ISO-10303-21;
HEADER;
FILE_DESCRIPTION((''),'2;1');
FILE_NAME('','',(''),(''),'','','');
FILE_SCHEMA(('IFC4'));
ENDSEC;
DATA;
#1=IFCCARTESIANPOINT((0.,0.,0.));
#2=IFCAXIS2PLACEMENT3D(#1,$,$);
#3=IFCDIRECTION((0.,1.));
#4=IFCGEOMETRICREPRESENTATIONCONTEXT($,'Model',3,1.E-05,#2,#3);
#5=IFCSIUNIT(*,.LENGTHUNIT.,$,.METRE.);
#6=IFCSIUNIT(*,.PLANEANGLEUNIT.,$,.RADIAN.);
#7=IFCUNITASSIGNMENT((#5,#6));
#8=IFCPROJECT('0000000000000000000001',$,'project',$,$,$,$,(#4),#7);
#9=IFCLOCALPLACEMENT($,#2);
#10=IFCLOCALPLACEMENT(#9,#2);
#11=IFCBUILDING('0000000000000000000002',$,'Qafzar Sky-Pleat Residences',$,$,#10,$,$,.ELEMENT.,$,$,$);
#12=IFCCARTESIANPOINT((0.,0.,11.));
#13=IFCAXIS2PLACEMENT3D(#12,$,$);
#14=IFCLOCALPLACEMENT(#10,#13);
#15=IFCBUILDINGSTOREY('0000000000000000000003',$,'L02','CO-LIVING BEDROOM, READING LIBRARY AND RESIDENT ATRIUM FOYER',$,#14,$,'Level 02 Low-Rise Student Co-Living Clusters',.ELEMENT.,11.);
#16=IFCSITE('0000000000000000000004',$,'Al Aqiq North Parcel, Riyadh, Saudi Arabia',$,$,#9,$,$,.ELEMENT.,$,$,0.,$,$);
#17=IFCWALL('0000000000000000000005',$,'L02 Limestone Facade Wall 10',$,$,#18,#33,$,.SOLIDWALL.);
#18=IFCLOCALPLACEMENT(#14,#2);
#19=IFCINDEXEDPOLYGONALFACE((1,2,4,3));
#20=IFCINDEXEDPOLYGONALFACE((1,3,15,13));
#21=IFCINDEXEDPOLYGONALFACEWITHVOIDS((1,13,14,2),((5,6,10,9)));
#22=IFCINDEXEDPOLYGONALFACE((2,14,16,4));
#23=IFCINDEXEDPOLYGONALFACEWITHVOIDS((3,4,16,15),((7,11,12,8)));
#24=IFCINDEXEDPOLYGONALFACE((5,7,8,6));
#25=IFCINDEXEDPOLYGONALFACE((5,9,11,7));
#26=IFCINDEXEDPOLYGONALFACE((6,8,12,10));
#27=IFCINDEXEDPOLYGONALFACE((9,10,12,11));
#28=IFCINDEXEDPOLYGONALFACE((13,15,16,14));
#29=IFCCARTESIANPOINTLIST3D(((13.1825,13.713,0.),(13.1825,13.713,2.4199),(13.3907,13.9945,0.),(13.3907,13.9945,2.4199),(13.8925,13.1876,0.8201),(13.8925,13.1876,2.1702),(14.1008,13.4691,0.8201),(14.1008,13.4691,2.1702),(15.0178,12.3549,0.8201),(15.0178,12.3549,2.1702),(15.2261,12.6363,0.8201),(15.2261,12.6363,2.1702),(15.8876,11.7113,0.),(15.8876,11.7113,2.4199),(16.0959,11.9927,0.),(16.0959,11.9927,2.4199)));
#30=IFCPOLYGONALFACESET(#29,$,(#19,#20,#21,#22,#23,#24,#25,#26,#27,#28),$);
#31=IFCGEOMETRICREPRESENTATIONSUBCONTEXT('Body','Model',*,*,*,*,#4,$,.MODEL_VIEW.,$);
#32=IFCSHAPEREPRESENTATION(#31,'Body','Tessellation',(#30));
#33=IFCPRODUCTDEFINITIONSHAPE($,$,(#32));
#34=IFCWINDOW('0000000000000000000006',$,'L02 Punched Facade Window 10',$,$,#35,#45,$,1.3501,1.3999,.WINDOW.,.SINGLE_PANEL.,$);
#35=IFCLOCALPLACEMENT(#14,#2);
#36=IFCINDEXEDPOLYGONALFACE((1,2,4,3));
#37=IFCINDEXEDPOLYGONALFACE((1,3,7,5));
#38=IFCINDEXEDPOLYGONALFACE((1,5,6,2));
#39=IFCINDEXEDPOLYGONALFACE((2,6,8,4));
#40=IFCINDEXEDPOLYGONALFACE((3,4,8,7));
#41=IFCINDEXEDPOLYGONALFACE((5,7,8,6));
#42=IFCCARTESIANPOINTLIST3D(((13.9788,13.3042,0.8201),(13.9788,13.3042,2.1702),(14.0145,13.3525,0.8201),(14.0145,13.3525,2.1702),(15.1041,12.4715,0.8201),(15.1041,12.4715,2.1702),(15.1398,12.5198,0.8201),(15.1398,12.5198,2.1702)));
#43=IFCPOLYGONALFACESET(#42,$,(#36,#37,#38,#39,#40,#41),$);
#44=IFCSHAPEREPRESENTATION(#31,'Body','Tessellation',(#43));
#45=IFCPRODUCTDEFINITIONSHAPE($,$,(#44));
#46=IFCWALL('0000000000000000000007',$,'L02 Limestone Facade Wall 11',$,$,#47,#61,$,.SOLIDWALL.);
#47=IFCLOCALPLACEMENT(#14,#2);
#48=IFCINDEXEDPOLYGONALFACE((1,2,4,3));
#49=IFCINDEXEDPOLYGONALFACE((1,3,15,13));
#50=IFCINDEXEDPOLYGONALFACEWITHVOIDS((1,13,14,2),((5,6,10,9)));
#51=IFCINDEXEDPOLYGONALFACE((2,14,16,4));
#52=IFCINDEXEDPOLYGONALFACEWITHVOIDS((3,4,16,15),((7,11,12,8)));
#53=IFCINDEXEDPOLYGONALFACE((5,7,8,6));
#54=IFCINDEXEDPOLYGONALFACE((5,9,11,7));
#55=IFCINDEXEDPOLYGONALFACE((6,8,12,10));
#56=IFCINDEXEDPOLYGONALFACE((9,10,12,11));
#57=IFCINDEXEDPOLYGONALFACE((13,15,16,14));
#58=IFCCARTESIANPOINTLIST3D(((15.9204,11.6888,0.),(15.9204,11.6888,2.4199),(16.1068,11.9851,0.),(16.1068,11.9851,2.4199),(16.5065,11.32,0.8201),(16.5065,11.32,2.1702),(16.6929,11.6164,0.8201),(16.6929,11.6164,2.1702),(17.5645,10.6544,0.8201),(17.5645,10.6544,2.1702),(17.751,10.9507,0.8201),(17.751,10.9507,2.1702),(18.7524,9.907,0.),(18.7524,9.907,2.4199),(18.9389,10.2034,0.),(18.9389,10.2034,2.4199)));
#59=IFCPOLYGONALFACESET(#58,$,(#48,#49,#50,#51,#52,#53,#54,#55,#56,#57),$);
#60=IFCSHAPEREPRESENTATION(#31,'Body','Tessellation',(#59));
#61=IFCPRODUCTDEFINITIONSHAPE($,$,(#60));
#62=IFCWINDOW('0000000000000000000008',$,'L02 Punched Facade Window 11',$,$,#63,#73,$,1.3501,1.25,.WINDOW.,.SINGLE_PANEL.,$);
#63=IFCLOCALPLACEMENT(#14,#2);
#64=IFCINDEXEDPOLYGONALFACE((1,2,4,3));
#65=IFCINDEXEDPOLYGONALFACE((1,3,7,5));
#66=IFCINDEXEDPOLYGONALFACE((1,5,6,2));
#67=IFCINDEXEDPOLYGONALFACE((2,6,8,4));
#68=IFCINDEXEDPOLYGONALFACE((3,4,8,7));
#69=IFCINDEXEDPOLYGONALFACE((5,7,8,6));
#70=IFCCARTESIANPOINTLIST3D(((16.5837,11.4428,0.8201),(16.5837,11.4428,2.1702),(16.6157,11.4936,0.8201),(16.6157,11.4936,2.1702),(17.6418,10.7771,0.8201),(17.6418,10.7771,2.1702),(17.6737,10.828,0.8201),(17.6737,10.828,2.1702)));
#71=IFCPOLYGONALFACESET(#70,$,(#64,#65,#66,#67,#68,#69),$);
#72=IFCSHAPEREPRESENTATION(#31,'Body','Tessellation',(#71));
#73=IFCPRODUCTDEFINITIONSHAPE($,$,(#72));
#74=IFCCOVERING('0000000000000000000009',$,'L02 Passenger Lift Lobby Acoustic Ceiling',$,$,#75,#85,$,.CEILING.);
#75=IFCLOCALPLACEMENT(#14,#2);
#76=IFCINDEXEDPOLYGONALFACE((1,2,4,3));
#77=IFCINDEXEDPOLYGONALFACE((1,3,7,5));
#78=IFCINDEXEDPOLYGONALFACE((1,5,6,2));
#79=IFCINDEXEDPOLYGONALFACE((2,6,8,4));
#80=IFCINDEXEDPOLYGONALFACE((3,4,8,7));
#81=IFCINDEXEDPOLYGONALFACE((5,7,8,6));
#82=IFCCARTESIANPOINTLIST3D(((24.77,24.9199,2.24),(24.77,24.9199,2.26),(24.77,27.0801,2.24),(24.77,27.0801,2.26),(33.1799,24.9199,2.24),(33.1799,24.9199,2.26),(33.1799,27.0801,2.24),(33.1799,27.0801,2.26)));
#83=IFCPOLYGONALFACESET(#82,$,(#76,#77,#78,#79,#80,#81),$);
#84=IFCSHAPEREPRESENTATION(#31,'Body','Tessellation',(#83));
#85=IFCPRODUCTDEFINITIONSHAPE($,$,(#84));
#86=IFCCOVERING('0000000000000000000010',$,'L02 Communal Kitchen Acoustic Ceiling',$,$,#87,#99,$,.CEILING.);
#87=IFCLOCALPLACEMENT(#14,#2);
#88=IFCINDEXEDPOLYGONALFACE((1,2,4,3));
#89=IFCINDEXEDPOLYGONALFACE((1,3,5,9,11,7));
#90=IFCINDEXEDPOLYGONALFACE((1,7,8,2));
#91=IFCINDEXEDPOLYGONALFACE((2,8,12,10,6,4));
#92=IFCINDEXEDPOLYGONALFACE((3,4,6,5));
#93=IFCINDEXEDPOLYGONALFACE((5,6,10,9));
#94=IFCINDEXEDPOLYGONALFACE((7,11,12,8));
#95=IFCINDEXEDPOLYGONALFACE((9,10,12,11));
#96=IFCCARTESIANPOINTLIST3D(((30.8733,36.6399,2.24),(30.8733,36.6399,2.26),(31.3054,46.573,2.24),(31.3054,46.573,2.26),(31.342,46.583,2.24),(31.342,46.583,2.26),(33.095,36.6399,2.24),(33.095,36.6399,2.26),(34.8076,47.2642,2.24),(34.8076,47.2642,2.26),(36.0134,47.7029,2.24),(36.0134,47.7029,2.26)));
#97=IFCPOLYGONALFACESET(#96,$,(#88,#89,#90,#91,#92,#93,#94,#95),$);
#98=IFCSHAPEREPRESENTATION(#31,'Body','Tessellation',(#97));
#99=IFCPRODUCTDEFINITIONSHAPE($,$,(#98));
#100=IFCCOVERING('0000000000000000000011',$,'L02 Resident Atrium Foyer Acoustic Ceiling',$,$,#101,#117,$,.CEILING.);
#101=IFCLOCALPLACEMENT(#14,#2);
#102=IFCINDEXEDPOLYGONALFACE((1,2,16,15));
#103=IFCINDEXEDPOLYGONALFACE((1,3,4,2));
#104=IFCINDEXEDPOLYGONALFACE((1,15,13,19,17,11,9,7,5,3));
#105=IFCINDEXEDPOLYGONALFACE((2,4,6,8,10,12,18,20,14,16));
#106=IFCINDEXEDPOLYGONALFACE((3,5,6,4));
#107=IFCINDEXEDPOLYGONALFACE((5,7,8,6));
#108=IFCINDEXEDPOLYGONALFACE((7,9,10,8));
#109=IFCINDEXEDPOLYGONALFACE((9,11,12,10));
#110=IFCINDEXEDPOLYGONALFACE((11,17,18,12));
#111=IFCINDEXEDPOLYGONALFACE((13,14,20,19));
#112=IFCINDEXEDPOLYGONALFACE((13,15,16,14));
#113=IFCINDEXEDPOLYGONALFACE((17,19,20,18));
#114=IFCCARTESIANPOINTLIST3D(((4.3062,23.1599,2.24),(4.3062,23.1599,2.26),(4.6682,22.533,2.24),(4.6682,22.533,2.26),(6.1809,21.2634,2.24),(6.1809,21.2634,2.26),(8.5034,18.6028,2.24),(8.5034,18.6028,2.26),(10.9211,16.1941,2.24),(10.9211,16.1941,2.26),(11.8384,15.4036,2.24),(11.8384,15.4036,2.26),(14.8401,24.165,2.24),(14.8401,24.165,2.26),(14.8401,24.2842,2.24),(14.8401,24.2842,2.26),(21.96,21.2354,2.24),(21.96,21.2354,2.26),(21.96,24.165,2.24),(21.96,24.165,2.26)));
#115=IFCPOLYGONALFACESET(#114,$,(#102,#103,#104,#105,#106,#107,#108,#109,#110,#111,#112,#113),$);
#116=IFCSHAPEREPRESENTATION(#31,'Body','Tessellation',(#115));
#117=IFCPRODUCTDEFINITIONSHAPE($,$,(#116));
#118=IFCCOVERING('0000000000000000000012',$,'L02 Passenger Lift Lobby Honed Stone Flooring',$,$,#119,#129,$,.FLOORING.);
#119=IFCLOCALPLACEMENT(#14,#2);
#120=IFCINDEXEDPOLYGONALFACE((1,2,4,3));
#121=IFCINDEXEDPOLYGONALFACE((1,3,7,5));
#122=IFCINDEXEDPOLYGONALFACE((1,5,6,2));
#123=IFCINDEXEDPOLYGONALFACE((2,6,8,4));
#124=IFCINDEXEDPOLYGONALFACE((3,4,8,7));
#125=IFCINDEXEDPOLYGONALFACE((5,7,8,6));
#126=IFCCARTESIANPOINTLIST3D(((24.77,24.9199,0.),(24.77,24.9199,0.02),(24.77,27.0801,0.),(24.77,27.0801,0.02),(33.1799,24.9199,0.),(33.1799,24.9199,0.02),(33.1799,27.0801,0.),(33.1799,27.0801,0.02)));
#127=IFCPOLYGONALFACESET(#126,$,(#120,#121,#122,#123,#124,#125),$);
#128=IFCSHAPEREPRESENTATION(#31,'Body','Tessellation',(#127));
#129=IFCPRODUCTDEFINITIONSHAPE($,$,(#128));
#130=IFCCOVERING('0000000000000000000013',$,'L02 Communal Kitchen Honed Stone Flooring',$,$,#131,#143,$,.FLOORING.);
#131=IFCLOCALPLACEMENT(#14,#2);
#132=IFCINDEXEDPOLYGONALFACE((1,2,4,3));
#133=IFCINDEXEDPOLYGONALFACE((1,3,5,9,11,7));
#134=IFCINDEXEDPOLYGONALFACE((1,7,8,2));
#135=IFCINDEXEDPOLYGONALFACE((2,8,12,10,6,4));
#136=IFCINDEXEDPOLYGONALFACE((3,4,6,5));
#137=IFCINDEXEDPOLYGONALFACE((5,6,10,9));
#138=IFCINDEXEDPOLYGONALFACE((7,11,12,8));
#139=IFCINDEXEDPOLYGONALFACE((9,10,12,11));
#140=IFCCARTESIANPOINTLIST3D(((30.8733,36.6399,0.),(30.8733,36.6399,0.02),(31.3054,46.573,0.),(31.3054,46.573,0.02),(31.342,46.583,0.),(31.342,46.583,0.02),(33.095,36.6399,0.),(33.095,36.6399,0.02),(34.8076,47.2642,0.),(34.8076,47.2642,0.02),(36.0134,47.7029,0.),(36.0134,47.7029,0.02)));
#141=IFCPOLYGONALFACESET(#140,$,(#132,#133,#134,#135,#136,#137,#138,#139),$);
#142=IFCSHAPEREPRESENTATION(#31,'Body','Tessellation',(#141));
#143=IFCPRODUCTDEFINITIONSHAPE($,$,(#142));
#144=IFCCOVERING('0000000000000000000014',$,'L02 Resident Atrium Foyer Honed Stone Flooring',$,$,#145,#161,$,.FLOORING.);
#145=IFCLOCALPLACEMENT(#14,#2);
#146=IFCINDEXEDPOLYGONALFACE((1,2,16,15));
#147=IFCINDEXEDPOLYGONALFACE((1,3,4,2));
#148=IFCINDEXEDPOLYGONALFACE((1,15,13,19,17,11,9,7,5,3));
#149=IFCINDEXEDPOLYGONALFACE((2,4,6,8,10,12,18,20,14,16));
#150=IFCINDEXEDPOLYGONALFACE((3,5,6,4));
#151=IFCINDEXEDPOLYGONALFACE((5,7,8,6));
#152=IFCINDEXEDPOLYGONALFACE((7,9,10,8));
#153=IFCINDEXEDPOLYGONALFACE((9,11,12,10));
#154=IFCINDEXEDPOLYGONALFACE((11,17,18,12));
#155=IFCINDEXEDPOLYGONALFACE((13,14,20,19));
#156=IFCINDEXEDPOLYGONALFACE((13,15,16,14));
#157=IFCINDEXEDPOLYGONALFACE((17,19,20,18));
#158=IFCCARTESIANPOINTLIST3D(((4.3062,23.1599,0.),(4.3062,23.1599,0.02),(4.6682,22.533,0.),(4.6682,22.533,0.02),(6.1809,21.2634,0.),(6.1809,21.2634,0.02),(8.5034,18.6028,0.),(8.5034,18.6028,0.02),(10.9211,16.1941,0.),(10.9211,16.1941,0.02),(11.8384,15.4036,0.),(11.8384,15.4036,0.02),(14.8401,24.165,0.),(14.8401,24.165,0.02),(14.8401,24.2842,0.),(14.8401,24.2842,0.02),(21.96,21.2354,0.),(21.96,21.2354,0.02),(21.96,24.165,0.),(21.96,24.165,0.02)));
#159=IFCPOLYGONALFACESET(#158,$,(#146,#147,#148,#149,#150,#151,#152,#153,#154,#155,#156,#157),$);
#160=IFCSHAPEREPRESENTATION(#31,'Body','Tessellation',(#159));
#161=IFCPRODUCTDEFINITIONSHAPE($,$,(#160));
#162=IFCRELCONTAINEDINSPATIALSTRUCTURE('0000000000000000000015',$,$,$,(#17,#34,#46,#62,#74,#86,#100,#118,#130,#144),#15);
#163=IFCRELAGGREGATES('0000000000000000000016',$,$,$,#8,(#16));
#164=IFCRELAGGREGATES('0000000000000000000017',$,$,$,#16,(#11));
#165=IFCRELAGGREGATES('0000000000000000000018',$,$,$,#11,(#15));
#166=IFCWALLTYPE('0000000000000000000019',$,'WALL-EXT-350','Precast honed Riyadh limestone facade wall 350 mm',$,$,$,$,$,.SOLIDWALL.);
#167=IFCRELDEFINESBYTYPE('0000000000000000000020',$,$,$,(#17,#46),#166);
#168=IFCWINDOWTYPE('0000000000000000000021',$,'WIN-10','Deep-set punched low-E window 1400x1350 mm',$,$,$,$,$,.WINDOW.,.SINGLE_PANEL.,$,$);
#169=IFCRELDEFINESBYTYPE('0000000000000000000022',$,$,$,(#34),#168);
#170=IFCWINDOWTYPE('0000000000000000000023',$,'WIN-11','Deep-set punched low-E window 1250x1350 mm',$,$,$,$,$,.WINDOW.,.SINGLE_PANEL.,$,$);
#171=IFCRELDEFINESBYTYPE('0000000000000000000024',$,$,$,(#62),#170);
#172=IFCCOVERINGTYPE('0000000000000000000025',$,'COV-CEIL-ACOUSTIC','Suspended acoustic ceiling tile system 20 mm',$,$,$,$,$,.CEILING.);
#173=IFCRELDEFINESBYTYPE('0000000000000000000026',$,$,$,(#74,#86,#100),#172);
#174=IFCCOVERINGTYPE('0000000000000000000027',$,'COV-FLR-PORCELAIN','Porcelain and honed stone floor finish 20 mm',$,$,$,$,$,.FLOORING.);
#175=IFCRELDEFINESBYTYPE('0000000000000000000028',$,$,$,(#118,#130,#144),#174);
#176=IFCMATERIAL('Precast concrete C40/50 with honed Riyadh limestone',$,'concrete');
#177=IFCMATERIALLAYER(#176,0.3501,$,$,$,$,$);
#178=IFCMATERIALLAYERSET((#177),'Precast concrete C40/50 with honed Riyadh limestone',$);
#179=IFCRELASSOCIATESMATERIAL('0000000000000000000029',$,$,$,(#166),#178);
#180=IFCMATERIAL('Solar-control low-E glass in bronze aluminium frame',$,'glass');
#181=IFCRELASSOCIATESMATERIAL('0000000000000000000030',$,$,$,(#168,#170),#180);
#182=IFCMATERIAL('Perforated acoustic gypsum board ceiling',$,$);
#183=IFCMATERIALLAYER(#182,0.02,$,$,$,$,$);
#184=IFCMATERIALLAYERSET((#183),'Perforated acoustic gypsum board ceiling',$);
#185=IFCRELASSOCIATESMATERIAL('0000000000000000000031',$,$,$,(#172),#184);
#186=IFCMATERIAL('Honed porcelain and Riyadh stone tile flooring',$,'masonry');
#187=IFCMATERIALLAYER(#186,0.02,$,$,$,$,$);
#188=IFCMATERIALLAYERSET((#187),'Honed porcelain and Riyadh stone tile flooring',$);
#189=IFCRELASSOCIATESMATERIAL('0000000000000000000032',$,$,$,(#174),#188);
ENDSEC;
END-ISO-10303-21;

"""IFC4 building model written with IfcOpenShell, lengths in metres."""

from ifc_helpers import new_model, si_unit, direction, frame, frame_2d, origin, place, context, subcontext, project, spatial, polyline, rectangle, outline, extrude, source, transform, mapped, material, layer, layer_set, type_object, element, fill, save


model = new_model("IFC4")

# Units and contexts
model_context = context("Model", 3, precision=1e-05, world=origin(), true_north=direction((0.0, 1.0)))
body_context = subcontext(model_context, "Body", "Model", "MODEL_VIEW")
ifc_project = project(units=[si_unit("LENGTHUNIT", "METRE"), si_unit("PLANEANGLEUNIT", "RADIAN")], contexts=[model_context])

# Site, building, storey
site_placement = place(None, origin())
site = spatial("IfcSite", under=ifc_project, at=site_placement, Name="Al Aqiq North Parcel, Riyadh, Saudi Arabia", CompositionType="ELEMENT", RefElevation=0.0)
building_placement = place(site_placement, origin())
building = spatial("IfcBuilding", under=site, at=building_placement, Name="Qafzar Sky-Pleat Residences", CompositionType="ELEMENT")
storey_placement = place(building_placement, frame((0.0, 0.0, 11.0)))
storey = spatial("IfcBuildingStorey", under=building, at=storey_placement, Name="L02", Description="CO-LIVING BEDROOM, READING LIBRARY AND RESIDENT ATRIUM FOYER", LongName="Level 02 Low-Rise Student Co-Living Clusters", CompositionType="ELEMENT", Elevation=11.0)

# Walls, openings, windows
ifc_material_1 = material(Name="Precast concrete C40/50 with honed Riyadh limestone", Category="concrete")
ifc_layer_1 = layer(ifc_material_1, 0.3501)
ifc_layer_set_1 = layer_set([ifc_layer_1], Name="Precast concrete C40/50 with honed Riyadh limestone")
wall_type_1 = type_object("IfcWallType", Name="WALL-EXT-350", Description="Precast honed Riyadh limestone facade wall 350 mm", PredefinedType="SOLIDWALL", material=ifc_layer_set_1)
wall_1_placement = place(storey_placement, frame((13.2866, 13.8538, 0.0), z_axis=(0.0, 0.0, 1.0), x_axis=(0.803849, -0.594834, 0.0)))
wall_1 = element("IfcWall", 1, at=wall_1_placement, inside=storey, type_object=wall_type_1, Name="L02 Limestone Facade Wall 10", PredefinedType="SOLIDWALL", context=body_context, shape_type="SweptSolid", body=[
    extrude(rectangle(XDim=3.3652, YDim=0.3501, at=frame_2d((1.6826, 0.0))), origin(), (0.0, 0.0, 1.0), 2.4199),
])
opening_1_placement = place(wall_1_placement, frame((0.8833, 0.0, 0.8201)))
opening_1 = element("IfcOpeningElement", 2, at=opening_1_placement, cuts=wall_1, PredefinedType="OPENING", context=body_context, shape_type="SweptSolid", body=[
    extrude(rectangle(XDim=1.3999, YDim=1.3501, at=frame_2d((0.7, 0.675))), frame((0.0, 0.1851, 0.0), z_axis=(0.0, -1.0, 0.0), x_axis=(1.0, 0.0, 0.0)), (0.0, 0.0, 1.0), 0.3701),
])
ifc_material_2 = material(Name="Solar-control low-E glass in bronze aluminium frame", Category="glass")
window_type_1 = type_object("IfcWindowType", Name="WIN-10", Description="Deep-set punched low-E window 1400x1350 mm", PartitioningType="SINGLE_PANEL", PredefinedType="WINDOW", material=ifc_material_2)
shared_shape_1 = source(origin(), body_context, "Body", "SweptSolid", [
    extrude(rectangle(XDim=1.3999, YDim=1.3501, at=frame_2d((0.7, 0.675))), frame((0.0, 0.03, 0.0), z_axis=(0.0, -1.0, 0.0), x_axis=(1.0, 0.0, 0.0)), (0.0, 0.0, 1.0), 0.0601),
])
window_1_placement = place(opening_1_placement, origin())
window_1 = element("IfcWindow", 3, at=window_1_placement, inside=storey, type_object=window_type_1, Name="L02 Punched Facade Window 10", OverallHeight=1.3501, OverallWidth=1.3999, PartitioningType="SINGLE_PANEL", PredefinedType="WINDOW", context=body_context, shape_type="MappedRepresentation", body=[
    mapped(shared_shape_1, transform((0.0, 0.0, 0.0), x_axis=(1.0, 0.0, 0.0), y_axis=(0.0, 1.0, 0.0), z_axis=(0.0, 0.0, 1.0), scale=1.0)),
])
fill(opening_1, window_1)
wall_2_placement = place(storey_placement, frame((16.0137, 11.8369, 0.0), z_axis=(0.0, 0.0, 1.0), x_axis=(0.84642, -0.532515, 0.0)))
wall_2 = element("IfcWall", 4, at=wall_2_placement, inside=storey, type_object=wall_type_1, Name="L02 Limestone Facade Wall 11", PredefinedType="SOLIDWALL", context=body_context, shape_type="SweptSolid", body=[
    extrude(rectangle(XDim=3.3459, YDim=0.3501, at=frame_2d((1.6729, 0.0))), origin(), (0.0, 0.0, 1.0), 2.4199),
])
opening_2_placement = place(wall_2_placement, frame((0.6924, 0.0, 0.8201)))
opening_2 = element("IfcOpeningElement", 5, at=opening_2_placement, cuts=wall_2, PredefinedType="OPENING", context=body_context, shape_type="SweptSolid", body=[
    extrude(rectangle(XDim=1.25, YDim=1.3501, at=frame_2d((0.625, 0.675))), frame((0.0, 0.1851, 0.0), z_axis=(0.0, -1.0, 0.0), x_axis=(1.0, 0.0, 0.0)), (0.0, 0.0, 1.0), 0.3701),
])
window_type_2 = type_object("IfcWindowType", Name="WIN-11", Description="Deep-set punched low-E window 1250x1350 mm", PartitioningType="SINGLE_PANEL", PredefinedType="WINDOW", material=ifc_material_2)
shared_shape_2 = source(origin(), body_context, "Body", "SweptSolid", [
    extrude(rectangle(XDim=1.25, YDim=1.3501, at=frame_2d((0.625, 0.675))), frame((0.0, 0.03, 0.0), z_axis=(0.0, -1.0, 0.0), x_axis=(1.0, 0.0, 0.0)), (0.0, 0.0, 1.0), 0.0601),
])
window_2_placement = place(opening_2_placement, origin())
window_2 = element("IfcWindow", 6, at=window_2_placement, inside=storey, type_object=window_type_2, Name="L02 Punched Facade Window 11", OverallHeight=1.3501, OverallWidth=1.25, PartitioningType="SINGLE_PANEL", PredefinedType="WINDOW", context=body_context, shape_type="MappedRepresentation", body=[
    mapped(shared_shape_2, transform((0.0, 0.0, 0.0), x_axis=(1.0, 0.0, 0.0), y_axis=(0.0, 1.0, 0.0), z_axis=(0.0, 0.0, 1.0), scale=1.0)),
])
fill(opening_2, window_2)

# Coverings
ifc_material_3 = material(Name="Perforated acoustic gypsum board ceiling")
ifc_layer_2 = layer(ifc_material_3, 0.02)
ifc_layer_set_2 = layer_set([ifc_layer_2], Name="Perforated acoustic gypsum board ceiling")
covering_type_1 = type_object("IfcCoveringType", Name="COV-CEIL-ACOUSTIC", Description="Suspended acoustic ceiling tile system 20 mm", PredefinedType="CEILING", material=ifc_layer_set_2)
covering_1_placement = place(storey_placement, frame((0.0, 0.0, 2.24)))
element("IfcCovering", 7, at=covering_1_placement, inside=storey, type_object=covering_type_1, Name="L02 Passenger Lift Lobby Acoustic Ceiling", PredefinedType="CEILING", context=body_context, shape_type="SweptSolid", body=[
    extrude(outline(polyline([(33.1799, 24.9199), (24.77, 24.9199), (24.77, 27.0801), (33.1799, 27.0801), (33.1799, 24.9199)])), origin(), (0.0, 0.0, 1.0), 0.02),
])
covering_2_placement = place(storey_placement, frame((0.0, 0.0, 2.24)))
element("IfcCovering", 8, at=covering_2_placement, inside=storey, type_object=covering_type_1, Name="L02 Communal Kitchen Acoustic Ceiling", PredefinedType="CEILING", context=body_context, shape_type="SweptSolid", body=[
    extrude(outline(polyline([(34.8076, 47.2642), (36.0134, 47.7029), (33.095, 36.6399), (30.8733, 36.6399), (31.3054, 46.573), (31.342, 46.583), (34.8076, 47.2642)])), origin(), (0.0, 0.0, 1.0), 0.02),
])
covering_3_placement = place(storey_placement, frame((0.0, 0.0, 2.24)))
element("IfcCovering", 9, at=covering_3_placement, inside=storey, type_object=covering_type_1, Name="L02 Resident Atrium Foyer Acoustic Ceiling", PredefinedType="CEILING", context=body_context, shape_type="SweptSolid", body=[
    extrude(outline(polyline([(10.9211, 16.1941), (8.5034, 18.6028), (6.1809, 21.2634), (4.6682, 22.533), (4.3062, 23.1599), (14.8401, 24.2842), (14.8401, 24.165), (21.96, 24.165), (21.96, 21.2354), (11.8384, 15.4036), (10.9211, 16.1941)])), origin(), (0.0, 0.0, 1.0), 0.02),
])
ifc_material_4 = material(Name="Honed porcelain and Riyadh stone tile flooring", Category="masonry")
ifc_layer_3 = layer(ifc_material_4, 0.02)
ifc_layer_set_3 = layer_set([ifc_layer_3], Name="Honed porcelain and Riyadh stone tile flooring")
covering_type_2 = type_object("IfcCoveringType", Name="COV-FLR-PORCELAIN", Description="Porcelain and honed stone floor finish 20 mm", PredefinedType="FLOORING", material=ifc_layer_set_3)
covering_4_placement = place(storey_placement, origin())
element("IfcCovering", 10, at=covering_4_placement, inside=storey, type_object=covering_type_2, Name="L02 Passenger Lift Lobby Honed Stone Flooring", PredefinedType="FLOORING", context=body_context, shape_type="SweptSolid", body=[
    extrude(outline(polyline([(33.1799, 24.9199), (24.77, 24.9199), (24.77, 27.0801), (33.1799, 27.0801), (33.1799, 24.9199)])), origin(), (0.0, 0.0, 1.0), 0.02),
])
covering_5_placement = place(storey_placement, origin())
element("IfcCovering", 11, at=covering_5_placement, inside=storey, type_object=covering_type_2, Name="L02 Communal Kitchen Honed Stone Flooring", PredefinedType="FLOORING", context=body_context, shape_type="SweptSolid", body=[
    extrude(outline(polyline([(34.8076, 47.2642), (36.0134, 47.7029), (33.095, 36.6399), (30.8733, 36.6399), (31.3054, 46.573), (31.342, 46.583), (34.8076, 47.2642)])), origin(), (0.0, 0.0, 1.0), 0.02),
])
covering_6_placement = place(storey_placement, origin())
element("IfcCovering", 12, at=covering_6_placement, inside=storey, type_object=covering_type_2, Name="L02 Resident Atrium Foyer Honed Stone Flooring", PredefinedType="FLOORING", context=body_context, shape_type="SweptSolid", body=[
    extrude(outline(polyline([(10.9211, 16.1941), (8.5034, 18.6028), (6.1809, 21.2634), (4.6682, 22.533), (4.3062, 23.1599), (14.8401, 24.2842), (14.8401, 24.165), (21.96, 24.165), (21.96, 21.2354), (11.8384, 15.4036), (10.9211, 16.1941)])), origin(), (0.0, 0.0, 1.0), 0.02),
])

save(model, "model.ifc")
